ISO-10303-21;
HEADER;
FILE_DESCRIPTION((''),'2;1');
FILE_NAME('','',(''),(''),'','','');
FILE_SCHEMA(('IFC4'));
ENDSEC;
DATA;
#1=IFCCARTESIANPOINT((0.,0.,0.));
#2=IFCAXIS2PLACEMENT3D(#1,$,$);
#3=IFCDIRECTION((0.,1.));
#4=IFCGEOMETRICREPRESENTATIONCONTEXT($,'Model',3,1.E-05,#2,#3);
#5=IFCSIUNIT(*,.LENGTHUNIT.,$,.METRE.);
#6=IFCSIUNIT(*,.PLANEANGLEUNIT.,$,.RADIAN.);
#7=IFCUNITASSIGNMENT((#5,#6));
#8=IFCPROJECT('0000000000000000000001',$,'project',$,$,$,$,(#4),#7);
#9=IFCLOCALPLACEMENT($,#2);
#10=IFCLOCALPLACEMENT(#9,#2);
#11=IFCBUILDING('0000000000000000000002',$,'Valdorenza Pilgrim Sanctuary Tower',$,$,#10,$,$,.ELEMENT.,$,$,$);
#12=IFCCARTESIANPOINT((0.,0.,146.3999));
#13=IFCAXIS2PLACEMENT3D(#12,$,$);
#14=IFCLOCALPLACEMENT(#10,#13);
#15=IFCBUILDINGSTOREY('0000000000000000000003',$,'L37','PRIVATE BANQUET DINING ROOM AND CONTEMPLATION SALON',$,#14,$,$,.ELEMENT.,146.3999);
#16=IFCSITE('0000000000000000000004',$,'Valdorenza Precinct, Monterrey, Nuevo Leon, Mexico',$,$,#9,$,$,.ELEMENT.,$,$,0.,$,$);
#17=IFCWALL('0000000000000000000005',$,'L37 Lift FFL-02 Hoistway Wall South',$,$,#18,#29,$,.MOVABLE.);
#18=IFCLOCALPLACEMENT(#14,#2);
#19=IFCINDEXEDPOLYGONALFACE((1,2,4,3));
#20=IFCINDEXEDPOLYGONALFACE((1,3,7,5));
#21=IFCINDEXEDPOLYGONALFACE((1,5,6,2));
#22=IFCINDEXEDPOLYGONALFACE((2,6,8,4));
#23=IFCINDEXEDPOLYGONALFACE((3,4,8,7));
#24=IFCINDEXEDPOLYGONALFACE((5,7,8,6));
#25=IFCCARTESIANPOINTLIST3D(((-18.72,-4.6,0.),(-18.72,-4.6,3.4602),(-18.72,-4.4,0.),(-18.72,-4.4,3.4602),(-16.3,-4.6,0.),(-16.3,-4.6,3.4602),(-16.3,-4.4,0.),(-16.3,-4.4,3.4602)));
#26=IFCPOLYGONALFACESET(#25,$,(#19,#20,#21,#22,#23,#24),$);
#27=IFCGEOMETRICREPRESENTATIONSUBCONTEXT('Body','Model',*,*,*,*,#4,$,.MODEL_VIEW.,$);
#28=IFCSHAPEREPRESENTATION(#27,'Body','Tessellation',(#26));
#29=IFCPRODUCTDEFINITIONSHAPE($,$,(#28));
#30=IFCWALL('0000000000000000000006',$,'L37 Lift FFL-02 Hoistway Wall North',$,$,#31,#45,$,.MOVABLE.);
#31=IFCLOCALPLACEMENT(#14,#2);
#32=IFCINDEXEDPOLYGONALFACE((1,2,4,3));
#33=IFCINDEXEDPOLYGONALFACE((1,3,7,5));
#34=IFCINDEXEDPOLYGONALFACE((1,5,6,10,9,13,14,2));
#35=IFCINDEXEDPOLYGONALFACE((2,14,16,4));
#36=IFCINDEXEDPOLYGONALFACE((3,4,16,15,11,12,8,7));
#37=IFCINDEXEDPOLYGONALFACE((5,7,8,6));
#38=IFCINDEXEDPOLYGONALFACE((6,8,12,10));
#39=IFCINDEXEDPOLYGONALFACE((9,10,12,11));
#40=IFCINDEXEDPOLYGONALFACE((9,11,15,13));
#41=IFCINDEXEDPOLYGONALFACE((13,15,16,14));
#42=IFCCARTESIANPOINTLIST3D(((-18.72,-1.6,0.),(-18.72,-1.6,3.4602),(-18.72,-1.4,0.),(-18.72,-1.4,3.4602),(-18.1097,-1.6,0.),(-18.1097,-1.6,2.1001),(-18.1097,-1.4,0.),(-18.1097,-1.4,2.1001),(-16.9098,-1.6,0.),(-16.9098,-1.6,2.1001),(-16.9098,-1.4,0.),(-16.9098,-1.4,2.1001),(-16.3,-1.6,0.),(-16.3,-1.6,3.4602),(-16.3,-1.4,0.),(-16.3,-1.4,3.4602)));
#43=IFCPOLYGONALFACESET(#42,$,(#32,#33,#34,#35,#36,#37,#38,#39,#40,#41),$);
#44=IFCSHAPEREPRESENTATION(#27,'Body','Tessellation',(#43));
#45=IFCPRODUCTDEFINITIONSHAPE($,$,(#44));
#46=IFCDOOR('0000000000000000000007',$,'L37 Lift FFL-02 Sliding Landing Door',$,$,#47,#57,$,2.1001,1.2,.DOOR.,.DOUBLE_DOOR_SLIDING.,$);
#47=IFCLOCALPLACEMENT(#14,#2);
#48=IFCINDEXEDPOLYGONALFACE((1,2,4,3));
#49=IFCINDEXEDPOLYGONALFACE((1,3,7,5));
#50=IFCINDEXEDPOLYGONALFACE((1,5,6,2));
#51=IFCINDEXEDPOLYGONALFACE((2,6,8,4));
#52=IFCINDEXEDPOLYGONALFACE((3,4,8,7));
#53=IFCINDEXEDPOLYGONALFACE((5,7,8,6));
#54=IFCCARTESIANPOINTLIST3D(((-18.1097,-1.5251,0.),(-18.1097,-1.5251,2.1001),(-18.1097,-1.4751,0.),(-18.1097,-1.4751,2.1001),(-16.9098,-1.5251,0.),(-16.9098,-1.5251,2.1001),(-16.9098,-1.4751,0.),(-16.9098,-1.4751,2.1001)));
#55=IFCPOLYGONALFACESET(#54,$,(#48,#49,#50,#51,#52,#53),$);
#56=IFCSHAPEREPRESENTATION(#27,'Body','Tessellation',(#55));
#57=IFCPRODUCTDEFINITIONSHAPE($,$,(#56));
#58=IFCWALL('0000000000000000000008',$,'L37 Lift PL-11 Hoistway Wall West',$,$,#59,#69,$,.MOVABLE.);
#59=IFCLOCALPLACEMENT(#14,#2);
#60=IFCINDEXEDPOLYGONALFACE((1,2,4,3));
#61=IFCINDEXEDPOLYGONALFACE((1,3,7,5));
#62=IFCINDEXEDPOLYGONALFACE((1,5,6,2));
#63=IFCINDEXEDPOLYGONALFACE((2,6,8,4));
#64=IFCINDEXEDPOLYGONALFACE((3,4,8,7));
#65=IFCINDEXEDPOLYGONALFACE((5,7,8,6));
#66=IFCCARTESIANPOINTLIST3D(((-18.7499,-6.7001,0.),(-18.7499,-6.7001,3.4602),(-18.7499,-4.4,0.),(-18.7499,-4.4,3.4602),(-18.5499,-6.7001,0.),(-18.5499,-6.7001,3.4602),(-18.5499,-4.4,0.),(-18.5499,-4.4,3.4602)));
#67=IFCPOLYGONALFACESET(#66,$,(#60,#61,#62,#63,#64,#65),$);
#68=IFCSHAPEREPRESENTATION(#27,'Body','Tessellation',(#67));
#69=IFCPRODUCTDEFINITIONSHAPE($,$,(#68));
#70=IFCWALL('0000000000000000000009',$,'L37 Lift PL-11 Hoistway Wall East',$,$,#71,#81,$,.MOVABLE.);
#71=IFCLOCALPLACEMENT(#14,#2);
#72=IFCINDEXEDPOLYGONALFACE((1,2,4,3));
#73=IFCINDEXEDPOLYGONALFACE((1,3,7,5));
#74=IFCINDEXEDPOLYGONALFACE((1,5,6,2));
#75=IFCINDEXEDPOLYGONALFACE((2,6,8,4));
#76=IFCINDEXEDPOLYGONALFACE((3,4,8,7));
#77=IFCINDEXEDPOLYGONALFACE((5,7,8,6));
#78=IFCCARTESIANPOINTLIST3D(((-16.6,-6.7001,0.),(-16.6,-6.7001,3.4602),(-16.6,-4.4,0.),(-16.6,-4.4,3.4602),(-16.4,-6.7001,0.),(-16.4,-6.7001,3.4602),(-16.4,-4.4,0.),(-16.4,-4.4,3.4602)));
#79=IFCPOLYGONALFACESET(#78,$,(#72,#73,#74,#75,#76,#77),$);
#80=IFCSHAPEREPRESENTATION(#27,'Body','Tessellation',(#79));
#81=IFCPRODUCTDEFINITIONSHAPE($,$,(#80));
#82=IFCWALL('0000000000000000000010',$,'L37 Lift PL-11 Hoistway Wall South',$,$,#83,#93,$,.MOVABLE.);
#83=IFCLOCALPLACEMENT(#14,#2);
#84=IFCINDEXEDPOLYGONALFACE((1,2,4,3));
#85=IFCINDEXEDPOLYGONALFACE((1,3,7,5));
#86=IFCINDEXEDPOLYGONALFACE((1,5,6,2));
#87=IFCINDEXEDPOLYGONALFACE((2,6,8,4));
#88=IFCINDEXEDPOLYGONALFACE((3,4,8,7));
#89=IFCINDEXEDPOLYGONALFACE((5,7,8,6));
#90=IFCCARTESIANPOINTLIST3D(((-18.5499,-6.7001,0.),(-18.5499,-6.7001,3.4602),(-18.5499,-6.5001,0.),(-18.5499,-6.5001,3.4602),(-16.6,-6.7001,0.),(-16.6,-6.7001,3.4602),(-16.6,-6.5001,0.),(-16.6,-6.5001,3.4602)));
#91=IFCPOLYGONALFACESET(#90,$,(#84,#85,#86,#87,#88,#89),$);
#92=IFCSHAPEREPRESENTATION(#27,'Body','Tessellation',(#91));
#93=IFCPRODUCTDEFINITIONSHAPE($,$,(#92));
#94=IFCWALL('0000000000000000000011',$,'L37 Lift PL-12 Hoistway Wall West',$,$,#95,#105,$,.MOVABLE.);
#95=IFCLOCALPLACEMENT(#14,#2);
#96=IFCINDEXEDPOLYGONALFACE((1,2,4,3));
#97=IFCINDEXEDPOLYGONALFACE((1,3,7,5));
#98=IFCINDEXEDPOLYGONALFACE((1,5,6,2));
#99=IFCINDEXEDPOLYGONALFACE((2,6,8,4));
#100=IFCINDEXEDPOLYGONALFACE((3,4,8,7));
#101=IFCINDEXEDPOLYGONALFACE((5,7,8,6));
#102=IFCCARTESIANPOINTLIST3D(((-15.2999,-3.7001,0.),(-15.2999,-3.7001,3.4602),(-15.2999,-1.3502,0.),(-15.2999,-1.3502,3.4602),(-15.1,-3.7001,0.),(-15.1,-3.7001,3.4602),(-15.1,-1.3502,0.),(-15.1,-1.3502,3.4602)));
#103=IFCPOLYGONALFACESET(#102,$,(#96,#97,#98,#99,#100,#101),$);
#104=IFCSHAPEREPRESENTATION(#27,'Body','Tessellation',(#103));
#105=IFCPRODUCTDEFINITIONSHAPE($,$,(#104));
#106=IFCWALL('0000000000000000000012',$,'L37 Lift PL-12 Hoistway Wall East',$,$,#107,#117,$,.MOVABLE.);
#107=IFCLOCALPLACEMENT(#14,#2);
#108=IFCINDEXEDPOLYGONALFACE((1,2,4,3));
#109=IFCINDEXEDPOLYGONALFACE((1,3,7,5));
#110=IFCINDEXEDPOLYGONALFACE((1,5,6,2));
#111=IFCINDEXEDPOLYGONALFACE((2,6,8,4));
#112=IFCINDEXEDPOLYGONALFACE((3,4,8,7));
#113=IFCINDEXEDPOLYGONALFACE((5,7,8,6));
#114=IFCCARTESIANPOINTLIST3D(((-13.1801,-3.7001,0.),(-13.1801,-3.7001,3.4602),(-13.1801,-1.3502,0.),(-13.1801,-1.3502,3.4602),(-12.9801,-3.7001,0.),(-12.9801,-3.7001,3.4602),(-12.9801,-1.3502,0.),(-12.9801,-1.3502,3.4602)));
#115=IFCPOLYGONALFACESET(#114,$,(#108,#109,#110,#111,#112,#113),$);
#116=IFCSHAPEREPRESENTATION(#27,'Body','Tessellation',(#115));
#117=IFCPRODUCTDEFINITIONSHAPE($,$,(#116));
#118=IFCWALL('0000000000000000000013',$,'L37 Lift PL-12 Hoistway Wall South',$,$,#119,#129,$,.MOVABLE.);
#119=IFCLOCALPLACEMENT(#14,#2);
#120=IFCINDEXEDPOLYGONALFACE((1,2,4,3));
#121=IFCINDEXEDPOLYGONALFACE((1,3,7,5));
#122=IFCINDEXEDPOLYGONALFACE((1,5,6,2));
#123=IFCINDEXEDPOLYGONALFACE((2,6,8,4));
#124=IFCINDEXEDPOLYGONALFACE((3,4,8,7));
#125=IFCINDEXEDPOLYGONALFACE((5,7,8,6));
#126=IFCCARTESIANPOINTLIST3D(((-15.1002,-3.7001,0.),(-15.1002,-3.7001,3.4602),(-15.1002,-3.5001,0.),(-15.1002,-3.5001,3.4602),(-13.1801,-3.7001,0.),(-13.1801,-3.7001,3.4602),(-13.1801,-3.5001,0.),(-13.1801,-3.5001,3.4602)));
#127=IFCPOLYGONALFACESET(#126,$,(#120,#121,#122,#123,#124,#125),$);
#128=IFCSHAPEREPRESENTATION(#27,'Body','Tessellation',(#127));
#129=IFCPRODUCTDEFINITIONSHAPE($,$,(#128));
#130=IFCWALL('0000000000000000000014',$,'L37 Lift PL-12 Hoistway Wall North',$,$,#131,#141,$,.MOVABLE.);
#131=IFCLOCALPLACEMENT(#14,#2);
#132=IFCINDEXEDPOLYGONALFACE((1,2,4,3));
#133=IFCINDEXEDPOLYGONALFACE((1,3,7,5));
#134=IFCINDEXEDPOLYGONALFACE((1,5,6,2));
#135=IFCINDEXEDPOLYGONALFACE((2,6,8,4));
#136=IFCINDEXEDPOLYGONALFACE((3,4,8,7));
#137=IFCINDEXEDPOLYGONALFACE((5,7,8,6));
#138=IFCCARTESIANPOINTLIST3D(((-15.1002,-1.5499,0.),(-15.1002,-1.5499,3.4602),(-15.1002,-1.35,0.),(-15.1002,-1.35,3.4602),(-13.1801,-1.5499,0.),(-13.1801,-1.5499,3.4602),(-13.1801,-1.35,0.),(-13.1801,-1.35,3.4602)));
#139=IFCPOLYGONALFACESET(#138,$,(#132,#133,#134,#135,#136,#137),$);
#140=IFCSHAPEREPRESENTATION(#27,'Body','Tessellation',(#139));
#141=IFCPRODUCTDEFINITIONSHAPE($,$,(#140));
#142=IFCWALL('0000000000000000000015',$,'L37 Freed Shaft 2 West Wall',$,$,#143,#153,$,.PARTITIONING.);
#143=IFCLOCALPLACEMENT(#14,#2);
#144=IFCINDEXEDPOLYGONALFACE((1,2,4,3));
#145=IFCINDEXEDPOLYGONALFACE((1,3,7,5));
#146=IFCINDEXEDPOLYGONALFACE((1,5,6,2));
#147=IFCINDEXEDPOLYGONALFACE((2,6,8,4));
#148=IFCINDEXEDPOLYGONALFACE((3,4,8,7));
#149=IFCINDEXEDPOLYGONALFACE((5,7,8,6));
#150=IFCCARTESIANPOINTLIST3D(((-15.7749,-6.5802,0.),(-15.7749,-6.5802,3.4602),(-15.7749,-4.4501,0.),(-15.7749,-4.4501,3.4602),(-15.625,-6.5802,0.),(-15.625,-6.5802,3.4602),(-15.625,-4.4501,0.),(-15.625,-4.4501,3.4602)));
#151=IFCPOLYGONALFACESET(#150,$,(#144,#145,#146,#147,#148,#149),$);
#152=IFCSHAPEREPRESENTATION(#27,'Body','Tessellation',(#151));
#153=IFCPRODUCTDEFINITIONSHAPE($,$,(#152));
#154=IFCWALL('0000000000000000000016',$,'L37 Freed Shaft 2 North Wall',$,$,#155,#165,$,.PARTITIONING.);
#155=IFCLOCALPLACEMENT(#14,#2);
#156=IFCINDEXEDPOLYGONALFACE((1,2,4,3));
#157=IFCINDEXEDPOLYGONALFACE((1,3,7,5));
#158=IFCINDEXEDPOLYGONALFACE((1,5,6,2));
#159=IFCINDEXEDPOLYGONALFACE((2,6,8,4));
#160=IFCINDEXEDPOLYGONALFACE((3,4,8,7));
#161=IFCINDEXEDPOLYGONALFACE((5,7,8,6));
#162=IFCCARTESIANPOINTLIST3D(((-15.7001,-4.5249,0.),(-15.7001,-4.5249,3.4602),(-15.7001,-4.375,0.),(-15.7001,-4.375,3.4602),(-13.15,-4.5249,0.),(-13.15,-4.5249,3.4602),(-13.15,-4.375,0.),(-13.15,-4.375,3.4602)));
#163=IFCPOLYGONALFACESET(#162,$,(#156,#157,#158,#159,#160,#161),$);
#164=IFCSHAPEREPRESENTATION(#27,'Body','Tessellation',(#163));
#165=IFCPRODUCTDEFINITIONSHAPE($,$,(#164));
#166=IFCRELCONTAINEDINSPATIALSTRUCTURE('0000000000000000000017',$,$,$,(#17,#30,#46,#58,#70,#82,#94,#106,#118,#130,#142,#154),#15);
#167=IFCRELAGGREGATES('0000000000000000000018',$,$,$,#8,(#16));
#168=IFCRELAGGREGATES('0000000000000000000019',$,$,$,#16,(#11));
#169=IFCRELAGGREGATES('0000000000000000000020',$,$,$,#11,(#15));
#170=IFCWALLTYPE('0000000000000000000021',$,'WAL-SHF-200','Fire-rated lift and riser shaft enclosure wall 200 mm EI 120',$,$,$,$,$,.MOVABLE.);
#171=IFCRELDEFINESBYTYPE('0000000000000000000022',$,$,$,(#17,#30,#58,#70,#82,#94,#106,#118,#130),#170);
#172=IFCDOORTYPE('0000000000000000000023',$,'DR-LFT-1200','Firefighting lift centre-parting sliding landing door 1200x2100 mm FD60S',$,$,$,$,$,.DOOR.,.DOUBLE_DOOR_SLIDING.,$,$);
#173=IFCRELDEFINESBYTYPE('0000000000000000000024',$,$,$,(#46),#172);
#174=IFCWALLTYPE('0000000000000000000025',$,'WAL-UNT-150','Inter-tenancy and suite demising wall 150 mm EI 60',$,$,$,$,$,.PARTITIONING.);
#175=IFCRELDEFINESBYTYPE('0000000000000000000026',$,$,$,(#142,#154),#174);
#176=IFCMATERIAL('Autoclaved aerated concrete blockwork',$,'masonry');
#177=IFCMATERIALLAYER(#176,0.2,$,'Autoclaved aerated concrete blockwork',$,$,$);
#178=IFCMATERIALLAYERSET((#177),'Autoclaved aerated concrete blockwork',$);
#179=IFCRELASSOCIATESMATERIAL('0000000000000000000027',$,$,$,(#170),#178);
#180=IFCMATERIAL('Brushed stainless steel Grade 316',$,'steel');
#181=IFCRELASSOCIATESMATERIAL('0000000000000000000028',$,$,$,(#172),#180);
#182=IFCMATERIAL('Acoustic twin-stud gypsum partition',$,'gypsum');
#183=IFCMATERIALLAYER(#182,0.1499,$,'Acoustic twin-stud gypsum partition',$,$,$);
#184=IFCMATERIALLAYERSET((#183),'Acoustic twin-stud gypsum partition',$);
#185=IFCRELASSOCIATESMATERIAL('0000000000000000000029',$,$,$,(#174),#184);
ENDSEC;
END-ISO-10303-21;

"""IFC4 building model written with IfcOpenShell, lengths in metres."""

from ifc_helpers import new_model, si_unit, direction, frame, frame_2d, origin, place, context, subcontext, project, spatial, rectangle, extrude, material, layer, layer_set, type_object, element, fill, save


model = new_model("IFC4")

# Units and contexts
model_context = context("Model", 3, precision=1e-05, world=origin(), true_north=direction((0.0, 1.0)))
body_context = subcontext(model_context, "Body", "Model", "MODEL_VIEW")
ifc_project = project(units=[si_unit("LENGTHUNIT", "METRE"), si_unit("PLANEANGLEUNIT", "RADIAN")], contexts=[model_context])

# Site, building, storey
site_placement = place(None, origin())
site = spatial("IfcSite", under=ifc_project, at=site_placement, Name="Valdorenza Precinct, Monterrey, Nuevo Leon, Mexico", CompositionType="ELEMENT", RefElevation=0.0)
building_placement = place(site_placement, origin())
building = spatial("IfcBuilding", under=site, at=building_placement, Name="Valdorenza Pilgrim Sanctuary Tower", CompositionType="ELEMENT")
storey_placement = place(building_placement, frame((0.0, 0.0, 146.3999)))
storey = spatial("IfcBuildingStorey", under=building, at=storey_placement, Name="L37", Description="PRIVATE BANQUET DINING ROOM AND CONTEMPLATION SALON", CompositionType="ELEMENT", Elevation=146.3999)

# Shared definitions
ifc_material_1 = material(Name="Acoustic twin-stud gypsum partition", Category="gypsum")

# Wall
ifc_material_2 = material(Name="Autoclaved aerated concrete blockwork", Category="masonry")
ifc_layer_1 = layer(ifc_material_2, 0.2, Name="Autoclaved aerated concrete blockwork")
ifc_layer_set_1 = layer_set([ifc_layer_1], Name="Autoclaved aerated concrete blockwork")
wall_type_1 = type_object("IfcWallType", Name="WAL-SHF-200", Description="Fire-rated lift and riser shaft enclosure wall 200 mm EI 120", PredefinedType="MOVABLE", material=ifc_layer_set_1)
wall_1_placement = place(storey_placement, frame((-18.72, -4.5, 0.0), z_axis=(0.0, 0.0, 1.0), x_axis=(1.0, 0.0, 0.0)))
element("IfcWall", 1, at=wall_1_placement, inside=storey, type_object=wall_type_1, Name="L37 Lift FFL-02 Hoistway Wall South", PredefinedType="MOVABLE", context=body_context, shape_type="SweptSolid", body=[
    extrude(rectangle(XDim=2.4199, YDim=0.2, at=frame_2d((1.21, 0.0))), origin(), (0.0, 0.0, 1.0), 3.4602),
])

# Wall, opening, door
wall_2_placement = place(storey_placement, frame((-18.72, -1.5, 0.0), z_axis=(0.0, 0.0, 1.0), x_axis=(1.0, 0.0, 0.0)))
wall_2 = element("IfcWall", 2, at=wall_2_placement, inside=storey, type_object=wall_type_1, Name="L37 Lift FFL-02 Hoistway Wall North", PredefinedType="MOVABLE", context=body_context, shape_type="SweptSolid", body=[
    extrude(rectangle(XDim=2.4199, YDim=0.2, at=frame_2d((1.21, 0.0))), origin(), (0.0, 0.0, 1.0), 3.4602),
])
opening_1_placement = place(wall_2_placement, frame((0.6101, 0.0, 0.0)))
opening_1 = element("IfcOpeningElement", 3, at=opening_1_placement, cuts=wall_2, PredefinedType="OPENING", context=body_context, shape_type="SweptSolid", body=[
    extrude(rectangle(XDim=1.2, YDim=2.1001, at=frame_2d((0.6001, 1.05))), frame((0.0, 0.1147, 0.0), z_axis=(0.0, -1.0, 0.0), x_axis=(1.0, 0.0, 0.0)), (0.0, 0.0, 1.0), 0.2297),
])
ifc_material_3 = material(Name="Brushed stainless steel Grade 316", Category="steel")
door_type_1 = type_object("IfcDoorType", Name="DR-LFT-1200", Description="Firefighting lift centre-parting sliding landing door 1200x2100 mm FD60S", OperationType="DOUBLE_DOOR_SLIDING", PredefinedType="DOOR", material=ifc_material_3)
door_1_placement = place(opening_1_placement, origin())
door_1 = element("IfcDoor", 4, at=door_1_placement, inside=storey, type_object=door_type_1, Name="L37 Lift FFL-02 Sliding Landing Door", OperationType="DOUBLE_DOOR_SLIDING", OverallHeight=2.1001, OverallWidth=1.2, PredefinedType="DOOR", context=body_context, shape_type="SweptSolid", body=[
    extrude(rectangle(XDim=1.2, YDim=2.1001, at=frame_2d((0.6001, 1.05))), frame((0.0, 0.0249, 0.0), z_axis=(0.0, -1.0, 0.0), x_axis=(1.0, 0.0, 0.0)), (0.0, 0.0, 1.0), 0.05),
])
fill(opening_1, door_1)

# Walls
for number, where, z_axis, x_axis, name in (
    (5, (-18.6499, -6.7, 0.0), (0.0, 0.0, 1.0), (0.0, 1.0, 0.0), "L37 Lift PL-11 Hoistway Wall West"),
    (6, (-16.5, -6.7, 0.0), (0.0, 0.0, 1.0), (0.0, 1.0, 0.0), "L37 Lift PL-11 Hoistway Wall East"),
):
    element("IfcWall", number, at=place(storey_placement, frame(where, z_axis=z_axis, x_axis=x_axis)), inside=storey, type_object=wall_type_1, Name=name, PredefinedType="MOVABLE", context=body_context, shape_type="SweptSolid", body=[
        extrude(rectangle(XDim=2.3, YDim=0.2, at=frame_2d((1.1499, 0.0))), origin(), (0.0, 0.0, 1.0), 3.4602),
    ])
wall_3_placement = place(storey_placement, frame((-18.55, -6.6001, 0.0), z_axis=(0.0, 0.0, 1.0), x_axis=(1.0, 0.0, 0.0)))
element("IfcWall", 7, at=wall_3_placement, inside=storey, type_object=wall_type_1, Name="L37 Lift PL-11 Hoistway Wall South", PredefinedType="MOVABLE", context=body_context, shape_type="SweptSolid", body=[
    extrude(rectangle(XDim=1.95, YDim=0.2, at=frame_2d((0.9751, 0.0))), origin(), (0.0, 0.0, 1.0), 3.4602),
])
for number, where, z_axis, x_axis, name in (
    (8, (-15.2, -3.7, 0.0), (0.0, 0.0, 1.0), (0.0, 1.0, 0.0), "L37 Lift PL-12 Hoistway Wall West"),
    (9, (-13.0801, -3.7, 0.0), (0.0, 0.0, 1.0), (0.0, 1.0, 0.0), "L37 Lift PL-12 Hoistway Wall East"),
):
    element("IfcWall", number, at=place(storey_placement, frame(where, z_axis=z_axis, x_axis=x_axis)), inside=storey, type_object=wall_type_1, Name=name, PredefinedType="MOVABLE", context=body_context, shape_type="SweptSolid", body=[
        extrude(rectangle(XDim=2.3499, YDim=0.2, at=frame_2d((1.1748, 0.0))), origin(), (0.0, 0.0, 1.0), 3.4602),
    ])
for number, where, z_axis, x_axis, name in (
    (10, (-15.1001, -3.6001, 0.0), (0.0, 0.0, 1.0), (1.0, 0.0, 0.0), "L37 Lift PL-12 Hoistway Wall South"),
    (11, (-15.1001, -1.45, 0.0), (0.0, 0.0, 1.0), (1.0, 0.0, 0.0), "L37 Lift PL-12 Hoistway Wall North"),
):
    element("IfcWall", number, at=place(storey_placement, frame(where, z_axis=z_axis, x_axis=x_axis)), inside=storey, type_object=wall_type_1, Name=name, PredefinedType="MOVABLE", context=body_context, shape_type="SweptSolid", body=[
        extrude(rectangle(XDim=1.9202, YDim=0.2, at=frame_2d((0.96, 0.0))), origin(), (0.0, 0.0, 1.0), 3.4602),
    ])

# Walls
ifc_layer_2 = layer(ifc_material_1, 0.1499, Name="Acoustic twin-stud gypsum partition")
ifc_layer_set_2 = layer_set([ifc_layer_2], Name="Acoustic twin-stud gypsum partition")
wall_type_2 = type_object("IfcWallType", Name="WAL-UNT-150", Description="Inter-tenancy and suite demising wall 150 mm EI 60", PredefinedType="PARTITIONING", material=ifc_layer_set_2)
wall_4_placement = place(storey_placement, frame((-15.7, -6.5801, 0.0), z_axis=(0.0, 0.0, 1.0), x_axis=(0.0, 1.0, 0.0)))
element("IfcWall", 12, at=wall_4_placement, inside=storey, type_object=wall_type_2, Name="L37 Freed Shaft 2 West Wall", PredefinedType="PARTITIONING", context=body_context, shape_type="SweptSolid", body=[
    extrude(rectangle(XDim=2.1301, YDim=0.1499, at=frame_2d((1.0649, 0.0))), origin(), (0.0, 0.0, 1.0), 3.4602),
])
wall_5_placement = place(storey_placement, frame((-15.7, -4.45, 0.0), z_axis=(0.0, 0.0, 1.0), x_axis=(1.0, 0.0, 0.0)))
element("IfcWall", 13, at=wall_5_placement, inside=storey, type_object=wall_type_2, Name="L37 Freed Shaft 2 North Wall", PredefinedType="PARTITIONING", context=body_context, shape_type="SweptSolid", body=[
    extrude(rectangle(XDim=2.55, YDim=0.1499, at=frame_2d((1.2749, 0.0))), origin(), (0.0, 0.0, 1.0), 3.4602),
])

save(model, "model.ifc")
